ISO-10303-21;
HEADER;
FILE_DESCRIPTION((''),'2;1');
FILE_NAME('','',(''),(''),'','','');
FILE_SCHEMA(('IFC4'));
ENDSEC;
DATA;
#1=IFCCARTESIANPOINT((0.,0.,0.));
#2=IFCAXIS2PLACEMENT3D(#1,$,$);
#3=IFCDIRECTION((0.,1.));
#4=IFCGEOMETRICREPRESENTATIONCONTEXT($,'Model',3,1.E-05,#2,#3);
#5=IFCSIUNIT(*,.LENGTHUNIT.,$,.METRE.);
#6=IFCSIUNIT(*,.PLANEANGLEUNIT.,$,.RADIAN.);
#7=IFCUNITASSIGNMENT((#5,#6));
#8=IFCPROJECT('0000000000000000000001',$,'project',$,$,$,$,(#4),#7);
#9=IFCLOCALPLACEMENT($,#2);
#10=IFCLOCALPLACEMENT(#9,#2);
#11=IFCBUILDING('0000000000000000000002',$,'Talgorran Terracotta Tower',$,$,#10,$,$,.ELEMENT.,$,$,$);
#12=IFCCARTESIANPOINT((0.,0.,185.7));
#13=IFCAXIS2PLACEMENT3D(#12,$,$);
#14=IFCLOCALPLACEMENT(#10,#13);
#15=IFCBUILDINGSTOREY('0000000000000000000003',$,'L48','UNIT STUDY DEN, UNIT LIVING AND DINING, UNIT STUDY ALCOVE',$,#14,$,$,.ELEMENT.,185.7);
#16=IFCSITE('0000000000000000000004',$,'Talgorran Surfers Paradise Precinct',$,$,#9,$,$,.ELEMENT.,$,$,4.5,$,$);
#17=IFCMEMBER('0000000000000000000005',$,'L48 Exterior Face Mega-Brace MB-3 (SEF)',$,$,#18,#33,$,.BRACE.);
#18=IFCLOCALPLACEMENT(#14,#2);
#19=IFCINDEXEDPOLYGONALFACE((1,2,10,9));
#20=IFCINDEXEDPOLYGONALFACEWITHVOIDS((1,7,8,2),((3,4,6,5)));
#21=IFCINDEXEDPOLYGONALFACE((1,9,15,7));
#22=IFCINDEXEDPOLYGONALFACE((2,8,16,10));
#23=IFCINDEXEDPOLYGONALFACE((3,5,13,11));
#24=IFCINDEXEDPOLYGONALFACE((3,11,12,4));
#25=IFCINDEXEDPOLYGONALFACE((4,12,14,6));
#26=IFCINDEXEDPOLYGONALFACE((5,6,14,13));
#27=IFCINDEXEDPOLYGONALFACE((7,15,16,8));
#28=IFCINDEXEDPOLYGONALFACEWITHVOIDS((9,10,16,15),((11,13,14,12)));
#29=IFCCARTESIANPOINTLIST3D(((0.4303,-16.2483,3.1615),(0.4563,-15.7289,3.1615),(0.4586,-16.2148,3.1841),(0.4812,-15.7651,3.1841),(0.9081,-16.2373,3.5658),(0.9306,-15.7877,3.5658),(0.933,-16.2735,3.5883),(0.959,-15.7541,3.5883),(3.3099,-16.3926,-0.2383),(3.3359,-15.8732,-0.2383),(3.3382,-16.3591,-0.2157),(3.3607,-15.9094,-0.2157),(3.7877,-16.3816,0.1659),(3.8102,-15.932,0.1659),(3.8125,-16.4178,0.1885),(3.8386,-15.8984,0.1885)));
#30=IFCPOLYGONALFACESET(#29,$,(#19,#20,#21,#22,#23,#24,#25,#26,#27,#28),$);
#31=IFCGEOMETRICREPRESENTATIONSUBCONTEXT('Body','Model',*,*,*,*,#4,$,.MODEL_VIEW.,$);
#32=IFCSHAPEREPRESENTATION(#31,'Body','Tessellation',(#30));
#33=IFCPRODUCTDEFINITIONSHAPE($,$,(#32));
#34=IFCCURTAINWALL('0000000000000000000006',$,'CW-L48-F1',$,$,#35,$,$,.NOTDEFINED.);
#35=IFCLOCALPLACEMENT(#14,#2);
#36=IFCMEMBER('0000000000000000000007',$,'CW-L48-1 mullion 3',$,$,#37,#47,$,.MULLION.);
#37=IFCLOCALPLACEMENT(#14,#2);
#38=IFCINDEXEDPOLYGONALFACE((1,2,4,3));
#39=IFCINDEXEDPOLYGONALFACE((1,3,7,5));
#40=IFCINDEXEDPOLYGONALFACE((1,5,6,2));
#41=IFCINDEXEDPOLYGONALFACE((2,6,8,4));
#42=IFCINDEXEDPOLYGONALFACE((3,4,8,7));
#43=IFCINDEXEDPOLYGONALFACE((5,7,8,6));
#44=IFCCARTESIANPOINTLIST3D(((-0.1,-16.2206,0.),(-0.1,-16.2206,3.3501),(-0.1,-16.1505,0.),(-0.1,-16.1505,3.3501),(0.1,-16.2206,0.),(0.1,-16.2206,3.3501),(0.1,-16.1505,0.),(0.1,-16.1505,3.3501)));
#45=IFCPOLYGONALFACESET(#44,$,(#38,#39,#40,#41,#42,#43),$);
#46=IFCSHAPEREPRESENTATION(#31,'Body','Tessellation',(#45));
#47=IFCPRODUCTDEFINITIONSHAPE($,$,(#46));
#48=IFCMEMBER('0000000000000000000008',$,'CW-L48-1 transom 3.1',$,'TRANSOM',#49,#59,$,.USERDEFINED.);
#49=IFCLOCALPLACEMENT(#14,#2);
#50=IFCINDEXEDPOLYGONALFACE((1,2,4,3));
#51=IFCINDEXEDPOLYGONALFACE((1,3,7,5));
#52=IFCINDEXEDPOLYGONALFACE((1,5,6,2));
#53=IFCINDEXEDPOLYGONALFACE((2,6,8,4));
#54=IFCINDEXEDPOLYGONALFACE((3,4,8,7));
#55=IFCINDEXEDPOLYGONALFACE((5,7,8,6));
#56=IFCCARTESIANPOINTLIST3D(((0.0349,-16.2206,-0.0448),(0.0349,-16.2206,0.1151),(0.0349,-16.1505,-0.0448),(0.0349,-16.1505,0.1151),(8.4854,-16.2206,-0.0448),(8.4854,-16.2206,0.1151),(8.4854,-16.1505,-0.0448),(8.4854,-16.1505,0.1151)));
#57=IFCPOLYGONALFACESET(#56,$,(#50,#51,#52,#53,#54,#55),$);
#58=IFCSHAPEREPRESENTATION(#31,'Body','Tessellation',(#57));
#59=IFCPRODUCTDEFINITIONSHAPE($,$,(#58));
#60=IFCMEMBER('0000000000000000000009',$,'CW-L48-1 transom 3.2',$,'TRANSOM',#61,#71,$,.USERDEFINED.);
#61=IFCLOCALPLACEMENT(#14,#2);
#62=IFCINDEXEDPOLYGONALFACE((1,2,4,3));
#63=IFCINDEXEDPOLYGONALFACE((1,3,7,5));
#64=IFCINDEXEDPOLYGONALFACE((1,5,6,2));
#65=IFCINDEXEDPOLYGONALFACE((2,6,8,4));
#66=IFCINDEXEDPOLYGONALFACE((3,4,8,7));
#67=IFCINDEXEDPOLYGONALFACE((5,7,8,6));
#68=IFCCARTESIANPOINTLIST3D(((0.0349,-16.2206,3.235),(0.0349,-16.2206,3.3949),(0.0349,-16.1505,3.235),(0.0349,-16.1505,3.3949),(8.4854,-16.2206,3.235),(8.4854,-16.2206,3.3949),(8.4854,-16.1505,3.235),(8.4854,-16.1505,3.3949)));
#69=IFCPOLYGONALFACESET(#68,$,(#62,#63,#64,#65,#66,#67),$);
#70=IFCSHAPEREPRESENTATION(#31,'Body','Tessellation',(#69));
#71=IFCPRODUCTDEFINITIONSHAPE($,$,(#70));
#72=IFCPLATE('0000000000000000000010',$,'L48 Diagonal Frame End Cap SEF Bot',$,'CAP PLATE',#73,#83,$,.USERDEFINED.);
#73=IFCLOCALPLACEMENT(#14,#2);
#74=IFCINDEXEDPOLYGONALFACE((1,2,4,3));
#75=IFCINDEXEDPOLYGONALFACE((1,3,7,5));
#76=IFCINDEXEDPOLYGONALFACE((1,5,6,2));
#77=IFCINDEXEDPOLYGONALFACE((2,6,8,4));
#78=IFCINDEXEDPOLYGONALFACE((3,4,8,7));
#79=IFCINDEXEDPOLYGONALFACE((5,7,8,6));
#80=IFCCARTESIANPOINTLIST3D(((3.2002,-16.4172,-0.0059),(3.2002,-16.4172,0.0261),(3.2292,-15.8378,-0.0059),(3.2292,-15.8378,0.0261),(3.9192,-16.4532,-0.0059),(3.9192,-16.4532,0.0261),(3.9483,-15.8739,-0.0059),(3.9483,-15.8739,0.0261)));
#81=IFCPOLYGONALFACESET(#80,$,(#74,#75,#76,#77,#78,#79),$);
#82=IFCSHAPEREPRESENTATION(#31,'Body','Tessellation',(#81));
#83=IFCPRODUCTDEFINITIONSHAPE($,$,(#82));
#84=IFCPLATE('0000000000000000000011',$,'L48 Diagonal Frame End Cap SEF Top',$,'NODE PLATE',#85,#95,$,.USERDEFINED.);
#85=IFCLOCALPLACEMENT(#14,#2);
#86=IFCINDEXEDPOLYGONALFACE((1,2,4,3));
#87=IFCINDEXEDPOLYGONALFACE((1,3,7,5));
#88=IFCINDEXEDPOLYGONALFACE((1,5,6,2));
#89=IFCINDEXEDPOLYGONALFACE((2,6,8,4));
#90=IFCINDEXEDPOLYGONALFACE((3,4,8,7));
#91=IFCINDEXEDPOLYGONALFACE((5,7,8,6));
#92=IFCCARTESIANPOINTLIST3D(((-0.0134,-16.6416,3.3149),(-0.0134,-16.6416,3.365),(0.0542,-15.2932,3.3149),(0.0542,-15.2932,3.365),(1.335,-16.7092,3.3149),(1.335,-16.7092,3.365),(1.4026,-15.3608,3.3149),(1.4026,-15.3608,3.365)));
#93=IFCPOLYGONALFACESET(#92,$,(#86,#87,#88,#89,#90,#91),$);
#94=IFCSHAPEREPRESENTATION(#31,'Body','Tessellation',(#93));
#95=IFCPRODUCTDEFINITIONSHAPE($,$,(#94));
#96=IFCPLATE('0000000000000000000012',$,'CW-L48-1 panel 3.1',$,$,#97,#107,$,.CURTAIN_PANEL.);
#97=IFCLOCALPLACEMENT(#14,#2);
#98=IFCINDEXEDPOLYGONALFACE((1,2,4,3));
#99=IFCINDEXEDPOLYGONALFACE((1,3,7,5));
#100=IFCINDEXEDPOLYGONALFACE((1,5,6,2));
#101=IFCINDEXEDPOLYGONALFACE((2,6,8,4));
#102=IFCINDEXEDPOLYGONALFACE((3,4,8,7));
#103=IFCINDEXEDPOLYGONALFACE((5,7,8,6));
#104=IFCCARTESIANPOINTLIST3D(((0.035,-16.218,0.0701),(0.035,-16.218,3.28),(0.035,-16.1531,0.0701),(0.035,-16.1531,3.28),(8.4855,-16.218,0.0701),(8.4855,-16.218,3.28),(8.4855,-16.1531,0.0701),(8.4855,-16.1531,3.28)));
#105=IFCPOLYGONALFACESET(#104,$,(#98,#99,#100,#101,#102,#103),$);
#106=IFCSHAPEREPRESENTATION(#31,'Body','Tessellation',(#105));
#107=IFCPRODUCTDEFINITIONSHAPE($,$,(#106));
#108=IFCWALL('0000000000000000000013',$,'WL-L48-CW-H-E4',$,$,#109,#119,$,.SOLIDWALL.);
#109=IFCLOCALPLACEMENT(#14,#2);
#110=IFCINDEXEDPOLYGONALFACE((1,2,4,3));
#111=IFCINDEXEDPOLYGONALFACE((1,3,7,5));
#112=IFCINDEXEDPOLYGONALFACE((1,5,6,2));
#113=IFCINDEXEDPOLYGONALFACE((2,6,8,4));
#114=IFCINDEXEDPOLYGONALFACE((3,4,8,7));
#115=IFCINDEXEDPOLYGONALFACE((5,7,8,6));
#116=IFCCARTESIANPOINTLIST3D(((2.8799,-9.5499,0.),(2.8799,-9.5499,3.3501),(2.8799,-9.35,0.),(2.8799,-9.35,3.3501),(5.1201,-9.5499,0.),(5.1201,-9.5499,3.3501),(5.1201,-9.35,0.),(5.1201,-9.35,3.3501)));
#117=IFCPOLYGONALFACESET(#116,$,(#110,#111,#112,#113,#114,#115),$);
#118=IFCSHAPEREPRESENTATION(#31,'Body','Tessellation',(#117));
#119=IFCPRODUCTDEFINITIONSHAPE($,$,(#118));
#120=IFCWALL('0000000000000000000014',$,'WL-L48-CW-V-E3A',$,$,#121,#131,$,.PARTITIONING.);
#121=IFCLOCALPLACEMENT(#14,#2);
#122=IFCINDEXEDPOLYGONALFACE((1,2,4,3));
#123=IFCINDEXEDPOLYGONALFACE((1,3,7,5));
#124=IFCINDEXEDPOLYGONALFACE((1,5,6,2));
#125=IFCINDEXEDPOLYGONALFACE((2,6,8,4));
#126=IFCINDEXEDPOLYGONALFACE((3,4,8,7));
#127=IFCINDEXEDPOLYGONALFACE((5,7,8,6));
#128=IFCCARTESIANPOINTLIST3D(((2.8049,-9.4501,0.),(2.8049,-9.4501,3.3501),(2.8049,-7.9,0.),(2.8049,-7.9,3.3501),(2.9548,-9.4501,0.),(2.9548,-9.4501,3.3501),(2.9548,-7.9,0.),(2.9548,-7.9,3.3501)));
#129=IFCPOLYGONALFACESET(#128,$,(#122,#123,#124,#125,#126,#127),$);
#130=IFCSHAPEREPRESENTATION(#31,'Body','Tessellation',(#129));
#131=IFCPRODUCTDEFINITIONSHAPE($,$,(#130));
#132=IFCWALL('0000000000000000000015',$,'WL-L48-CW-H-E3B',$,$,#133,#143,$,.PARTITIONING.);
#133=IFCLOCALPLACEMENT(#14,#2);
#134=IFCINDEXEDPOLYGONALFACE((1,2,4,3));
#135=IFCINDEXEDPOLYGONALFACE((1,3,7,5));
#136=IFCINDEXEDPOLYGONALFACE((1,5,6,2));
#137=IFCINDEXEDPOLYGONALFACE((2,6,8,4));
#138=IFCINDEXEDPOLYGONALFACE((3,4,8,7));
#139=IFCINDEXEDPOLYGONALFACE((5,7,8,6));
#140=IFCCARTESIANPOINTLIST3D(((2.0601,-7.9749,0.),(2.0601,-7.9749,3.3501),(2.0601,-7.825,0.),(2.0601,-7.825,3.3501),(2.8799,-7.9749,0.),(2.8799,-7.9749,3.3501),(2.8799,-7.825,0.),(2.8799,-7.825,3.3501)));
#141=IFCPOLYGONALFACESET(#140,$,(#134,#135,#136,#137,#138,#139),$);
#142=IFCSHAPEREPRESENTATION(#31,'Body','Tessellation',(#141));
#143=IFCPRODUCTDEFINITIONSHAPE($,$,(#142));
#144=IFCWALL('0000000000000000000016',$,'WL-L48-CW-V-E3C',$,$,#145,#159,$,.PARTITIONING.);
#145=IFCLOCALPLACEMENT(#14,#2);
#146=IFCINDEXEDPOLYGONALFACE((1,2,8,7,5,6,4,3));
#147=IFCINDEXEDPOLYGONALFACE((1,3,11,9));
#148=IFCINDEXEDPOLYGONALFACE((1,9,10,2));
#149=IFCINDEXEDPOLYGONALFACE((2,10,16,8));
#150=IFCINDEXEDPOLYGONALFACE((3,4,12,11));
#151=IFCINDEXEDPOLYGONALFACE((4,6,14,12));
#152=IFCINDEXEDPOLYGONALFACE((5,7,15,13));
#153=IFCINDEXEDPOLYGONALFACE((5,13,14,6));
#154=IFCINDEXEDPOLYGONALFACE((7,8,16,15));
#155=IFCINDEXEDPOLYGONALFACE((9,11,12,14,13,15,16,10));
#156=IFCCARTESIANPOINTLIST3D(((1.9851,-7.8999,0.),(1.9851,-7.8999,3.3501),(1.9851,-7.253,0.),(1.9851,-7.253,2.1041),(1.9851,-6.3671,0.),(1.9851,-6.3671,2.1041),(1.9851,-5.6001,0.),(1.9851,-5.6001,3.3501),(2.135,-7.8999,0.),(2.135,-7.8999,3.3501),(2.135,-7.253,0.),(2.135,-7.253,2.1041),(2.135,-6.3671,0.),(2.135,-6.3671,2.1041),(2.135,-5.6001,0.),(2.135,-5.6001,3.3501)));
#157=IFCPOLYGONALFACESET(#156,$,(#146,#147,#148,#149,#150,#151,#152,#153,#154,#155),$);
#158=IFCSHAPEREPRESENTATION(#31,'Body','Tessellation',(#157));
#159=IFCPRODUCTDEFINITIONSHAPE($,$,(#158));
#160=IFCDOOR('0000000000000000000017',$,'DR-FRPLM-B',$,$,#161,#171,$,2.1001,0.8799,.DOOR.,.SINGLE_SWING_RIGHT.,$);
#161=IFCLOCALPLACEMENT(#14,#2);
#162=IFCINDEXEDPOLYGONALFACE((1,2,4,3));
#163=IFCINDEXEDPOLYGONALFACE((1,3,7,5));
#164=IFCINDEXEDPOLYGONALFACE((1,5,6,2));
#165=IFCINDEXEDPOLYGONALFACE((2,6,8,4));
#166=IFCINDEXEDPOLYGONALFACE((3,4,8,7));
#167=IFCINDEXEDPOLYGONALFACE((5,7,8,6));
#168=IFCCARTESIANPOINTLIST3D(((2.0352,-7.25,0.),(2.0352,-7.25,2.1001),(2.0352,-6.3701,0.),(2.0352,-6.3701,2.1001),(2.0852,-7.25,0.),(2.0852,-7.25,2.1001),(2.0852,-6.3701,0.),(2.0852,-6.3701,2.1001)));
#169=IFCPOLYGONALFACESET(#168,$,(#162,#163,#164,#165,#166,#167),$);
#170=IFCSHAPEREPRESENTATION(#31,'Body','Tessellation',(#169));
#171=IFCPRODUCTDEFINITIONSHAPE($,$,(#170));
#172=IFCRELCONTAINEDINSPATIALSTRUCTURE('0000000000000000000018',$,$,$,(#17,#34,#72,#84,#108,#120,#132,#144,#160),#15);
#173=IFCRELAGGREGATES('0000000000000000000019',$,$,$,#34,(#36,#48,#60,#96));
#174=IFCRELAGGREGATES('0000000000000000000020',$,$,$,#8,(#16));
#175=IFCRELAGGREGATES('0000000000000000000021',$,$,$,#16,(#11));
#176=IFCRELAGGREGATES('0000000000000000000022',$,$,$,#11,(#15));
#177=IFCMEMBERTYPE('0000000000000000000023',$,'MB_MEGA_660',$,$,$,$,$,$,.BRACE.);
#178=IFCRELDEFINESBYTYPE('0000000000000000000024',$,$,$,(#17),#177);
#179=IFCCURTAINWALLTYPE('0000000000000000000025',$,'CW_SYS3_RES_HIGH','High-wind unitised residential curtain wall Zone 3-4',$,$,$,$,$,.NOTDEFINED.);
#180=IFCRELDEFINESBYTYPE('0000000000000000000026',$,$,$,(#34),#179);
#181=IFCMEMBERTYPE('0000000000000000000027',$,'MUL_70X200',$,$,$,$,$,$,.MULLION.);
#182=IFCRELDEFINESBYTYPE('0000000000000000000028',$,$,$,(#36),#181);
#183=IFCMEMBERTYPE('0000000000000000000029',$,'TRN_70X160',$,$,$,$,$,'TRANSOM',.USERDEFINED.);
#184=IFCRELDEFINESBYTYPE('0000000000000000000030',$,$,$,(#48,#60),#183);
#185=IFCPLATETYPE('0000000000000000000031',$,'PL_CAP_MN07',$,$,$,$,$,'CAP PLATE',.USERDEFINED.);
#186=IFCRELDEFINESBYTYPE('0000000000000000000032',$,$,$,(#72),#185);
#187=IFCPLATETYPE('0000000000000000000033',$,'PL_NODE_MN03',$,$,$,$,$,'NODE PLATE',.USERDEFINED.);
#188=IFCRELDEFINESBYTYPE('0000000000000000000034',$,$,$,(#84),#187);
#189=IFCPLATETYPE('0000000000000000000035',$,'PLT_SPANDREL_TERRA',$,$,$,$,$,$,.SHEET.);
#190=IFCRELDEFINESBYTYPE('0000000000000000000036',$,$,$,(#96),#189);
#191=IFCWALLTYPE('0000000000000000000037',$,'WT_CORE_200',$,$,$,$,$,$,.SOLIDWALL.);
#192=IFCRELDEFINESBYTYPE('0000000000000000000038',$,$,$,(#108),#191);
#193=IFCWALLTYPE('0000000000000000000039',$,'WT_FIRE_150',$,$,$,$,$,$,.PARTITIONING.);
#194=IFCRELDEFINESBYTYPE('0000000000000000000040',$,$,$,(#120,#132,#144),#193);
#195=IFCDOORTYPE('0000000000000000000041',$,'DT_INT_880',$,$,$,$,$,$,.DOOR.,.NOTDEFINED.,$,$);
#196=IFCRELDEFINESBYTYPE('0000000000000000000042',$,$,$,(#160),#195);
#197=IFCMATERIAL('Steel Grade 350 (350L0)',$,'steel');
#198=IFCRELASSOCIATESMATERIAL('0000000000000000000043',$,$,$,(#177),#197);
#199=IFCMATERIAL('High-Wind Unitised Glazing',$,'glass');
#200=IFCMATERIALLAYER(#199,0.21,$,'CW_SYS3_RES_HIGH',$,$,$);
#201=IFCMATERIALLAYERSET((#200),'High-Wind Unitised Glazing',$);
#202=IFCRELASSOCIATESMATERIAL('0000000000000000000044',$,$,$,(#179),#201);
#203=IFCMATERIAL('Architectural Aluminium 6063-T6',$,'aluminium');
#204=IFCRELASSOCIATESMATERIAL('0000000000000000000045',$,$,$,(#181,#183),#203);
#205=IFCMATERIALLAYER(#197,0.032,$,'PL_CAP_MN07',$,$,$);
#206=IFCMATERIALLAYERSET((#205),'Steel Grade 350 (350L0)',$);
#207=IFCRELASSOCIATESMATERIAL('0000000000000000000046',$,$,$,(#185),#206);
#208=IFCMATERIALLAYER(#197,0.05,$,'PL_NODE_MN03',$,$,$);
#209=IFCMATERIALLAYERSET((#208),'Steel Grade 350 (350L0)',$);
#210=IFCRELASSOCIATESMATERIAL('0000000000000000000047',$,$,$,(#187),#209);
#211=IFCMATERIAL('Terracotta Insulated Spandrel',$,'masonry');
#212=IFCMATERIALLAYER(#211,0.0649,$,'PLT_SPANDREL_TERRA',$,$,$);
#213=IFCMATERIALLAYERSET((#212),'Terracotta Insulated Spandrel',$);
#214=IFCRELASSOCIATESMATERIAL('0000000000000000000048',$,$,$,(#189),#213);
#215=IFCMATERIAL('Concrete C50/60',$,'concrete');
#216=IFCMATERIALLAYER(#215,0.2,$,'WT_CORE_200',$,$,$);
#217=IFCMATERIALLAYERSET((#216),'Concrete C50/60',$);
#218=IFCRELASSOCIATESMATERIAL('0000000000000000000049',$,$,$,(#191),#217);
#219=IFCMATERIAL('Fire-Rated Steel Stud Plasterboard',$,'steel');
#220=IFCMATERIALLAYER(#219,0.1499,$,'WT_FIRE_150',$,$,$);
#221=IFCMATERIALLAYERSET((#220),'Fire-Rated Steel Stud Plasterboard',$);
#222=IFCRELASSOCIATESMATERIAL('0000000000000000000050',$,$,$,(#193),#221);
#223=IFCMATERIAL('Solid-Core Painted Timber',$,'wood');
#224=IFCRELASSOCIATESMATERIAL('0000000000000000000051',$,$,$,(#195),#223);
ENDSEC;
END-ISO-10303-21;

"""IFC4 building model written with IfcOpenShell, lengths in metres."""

from ifc_helpers import new_model, si_unit, direction, frame, frame_2d, origin, origin_2d, place, context, subcontext, project, spatial, rectangle, hollow_rectangle, extrude, source, transform, mapped, material, layer, layer_set, material_profile, profile_set, type_object, type_shapes, element, fill, aggregate, save


model = new_model("IFC4")

# Units and contexts
model_context = context("Model", 3, precision=1e-05, world=origin(), true_north=direction((0.0, 1.0)))
body_context = subcontext(model_context, "Body", "Model", "MODEL_VIEW")
ifc_project = project(units=[si_unit("LENGTHUNIT", "METRE"), si_unit("PLANEANGLEUNIT", "RADIAN")], contexts=[model_context])

# Site, building, storey
site_placement = place(None, origin())
site = spatial("IfcSite", under=ifc_project, at=site_placement, Name="Talgorran Surfers Paradise Precinct", CompositionType="ELEMENT", RefElevation=4.5)
building_placement = place(site_placement, origin())
building = spatial("IfcBuilding", under=site, at=building_placement, Name="Talgorran Terracotta Tower", CompositionType="ELEMENT")
storey_placement = place(building_placement, frame((0.0, 0.0, 185.7)))
storey = spatial("IfcBuildingStorey", under=building, at=storey_placement, Name="L48", Description="UNIT STUDY DEN, UNIT LIVING AND DINING, UNIT STUDY ALCOVE", CompositionType="ELEMENT", Elevation=185.7)

# Member
ifc_material_1 = material(Name="Steel Grade 350 (350L0)", Category="steel")
ifc_material_profile_1 = material_profile(ifc_material_1, hollow_rectangle(XDim=0.52, YDim=0.6599, WallThickness=0.0349, at=origin_2d()), Name="WBOX660X520X35")
ifc_profile_set_1 = profile_set([ifc_material_profile_1], Name="Steel Grade 350 (350L0)")
member_type_1 = type_object("IfcMemberType", Name="MB_MEGA_660", PredefinedType="BRACE", material=ifc_profile_set_1)
member_1_placement = place(storey_placement, frame((3.5742, -16.1455, -0.0249), z_axis=(-0.64597, 0.032367, 0.762677), x_axis=(-0.050043, -0.998747, 0.0)))
element("IfcMember", 1, at=member_1_placement, inside=storey, type_object=member_type_1, Name="L48 Exterior Face Mega-Brace MB-3 (SEF)", PredefinedType="BRACE", context=body_context, shape_type="SweptSolid", body=[
    extrude(hollow_rectangle(XDim=0.52, YDim=0.6599, WallThickness=0.0349, at=origin_2d()), origin(), (0.0, 0.0, 1.0), 4.4578),
])

# Curtain wall, members
ifc_material_2 = material(Name="High-Wind Unitised Glazing", Category="glass")
ifc_layer_1 = layer(ifc_material_2, 0.21, Name="CW_SYS3_RES_HIGH")
ifc_layer_set_1 = layer_set([ifc_layer_1], Name="High-Wind Unitised Glazing")
curtain_wall_type = type_object("IfcCurtainWallType", Name="CW_SYS3_RES_HIGH", Description="High-wind unitised residential curtain wall Zone 3-4", PredefinedType="NOTDEFINED", material=ifc_layer_set_1)
curtain_wall_placement = place(storey_placement, origin())
curtain_wall = element("IfcCurtainWall", 2, at=curtain_wall_placement, inside=storey, type_object=curtain_wall_type, Name="CW-L48-F1", PredefinedType="NOTDEFINED")
ifc_material_3 = material(Name="Architectural Aluminium 6063-T6", Category="aluminium")
ifc_material_profile_2 = material_profile(ifc_material_3, rectangle(XDim=0.0701, YDim=0.2, at=origin_2d()), Name="CWM70X200")
ifc_profile_set_2 = profile_set([ifc_material_profile_2], Name="Architectural Aluminium 6063-T6")
member_type_2 = type_object("IfcMemberType", Name="MUL_70X200", PredefinedType="MULLION", material=ifc_profile_set_2)
member_2_placement = place(storey_placement, frame((0.0, -16.1855, 0.0), z_axis=(0.0, 0.0, 1.0), x_axis=(0.0, 1.0, 0.0)))
member_2 = element("IfcMember", 3, at=member_2_placement, type_object=member_type_2, Name="CW-L48-1 mullion 3", PredefinedType="MULLION", context=body_context, shape_type="SweptSolid", body=[
    extrude(rectangle(XDim=0.0701, YDim=0.2, at=origin_2d()), origin(), (0.0, 0.0, 1.0), 3.3501),
])
ifc_material_profile_3 = material_profile(ifc_material_3, rectangle(XDim=0.0701, YDim=0.1599, at=origin_2d()), Name="CWT70X160")
ifc_profile_set_3 = profile_set([ifc_material_profile_3], Name="Architectural Aluminium 6063-T6")
member_type_3 = type_object("IfcMemberType", Name="TRN_70X160", ElementType="TRANSOM", PredefinedType="USERDEFINED", material=ifc_profile_set_3)
member_3_placement = place(storey_placement, frame((0.0349, -16.1855, 0.0352), z_axis=(1.0, 0.0, 0.0), x_axis=(0.0, 1.0, 0.0)))
member_3 = element("IfcMember", 4, at=member_3_placement, type_object=member_type_3, Name="CW-L48-1 transom 3.1", ObjectType="TRANSOM", PredefinedType="USERDEFINED", context=body_context, shape_type="SweptSolid", body=[
    extrude(rectangle(XDim=0.0701, YDim=0.1599, at=origin_2d()), origin(), (0.0, 0.0, 1.0), 8.4504),
])
member_4_placement = place(storey_placement, frame((0.0349, -16.1855, 3.3149), z_axis=(1.0, 0.0, 0.0), x_axis=(0.0, 1.0, 0.0)))
member_4 = element("IfcMember", 5, at=member_4_placement, type_object=member_type_3, Name="CW-L48-1 transom 3.2", ObjectType="TRANSOM", PredefinedType="USERDEFINED", context=body_context, shape_type="SweptSolid", body=[
    extrude(rectangle(XDim=0.0701, YDim=0.1599, at=origin_2d()), origin(), (0.0, 0.0, 1.0), 8.4504),
])

# Plates
ifc_layer_2 = layer(ifc_material_1, 0.032, Name="PL_CAP_MN07")
ifc_layer_set_2 = layer_set([ifc_layer_2], Name="Steel Grade 350 (350L0)")
plate_type_1 = type_object("IfcPlateType", Name="PL_CAP_MN07", ElementType="CAP PLATE", PredefinedType="USERDEFINED", material=ifc_layer_set_2)
plate_1_placement = place(storey_placement, frame((3.5742, -16.1455, -0.0059), z_axis=(0.0, 0.0, 1.0), x_axis=(-0.998746, 0.05007, 0.0)))
element("IfcPlate", 6, at=plate_1_placement, inside=storey, type_object=plate_type_1, Name="L48 Diagonal Frame End Cap SEF Bot", ObjectType="CAP PLATE", PredefinedType="USERDEFINED", context=body_context, shape_type="SweptSolid", body=[
    extrude(rectangle(XDim=0.72, YDim=0.5801, at=origin_2d()), origin(), (0.0, 0.0, 1.0), 0.032),
])
ifc_layer_3 = layer(ifc_material_1, 0.05, Name="PL_NODE_MN03")
ifc_layer_set_3 = layer_set([ifc_layer_3], Name="Steel Grade 350 (350L0)")
plate_type_2 = type_object("IfcPlateType", Name="PL_NODE_MN03", ElementType="NODE PLATE", PredefinedType="USERDEFINED", material=ifc_layer_set_3)
plate_2_placement = place(storey_placement, frame((0.6946, -16.0012, 3.3149), z_axis=(0.0, 0.0, 1.0), x_axis=(-0.998746, 0.05007, 0.0)))
element("IfcPlate", 7, at=plate_2_placement, inside=storey, type_object=plate_type_2, Name="L48 Diagonal Frame End Cap SEF Top", ObjectType="NODE PLATE", PredefinedType="USERDEFINED", context=body_context, shape_type="SweptSolid", body=[
    extrude(rectangle(XDim=1.3501, YDim=1.3501, at=origin_2d()), origin(), (0.0, 0.0, 1.0), 0.05),
])

# Plate
ifc_material_4 = material(Name="Terracotta Insulated Spandrel", Category="masonry")
ifc_layer_4 = layer(ifc_material_4, 0.0649, Name="PLT_SPANDREL_TERRA")
ifc_layer_set_4 = layer_set([ifc_layer_4], Name="Terracotta Insulated Spandrel")
plate_type_3 = type_object("IfcPlateType", Name="PLT_SPANDREL_TERRA", PredefinedType="SHEET", material=ifc_layer_set_4)
shared_shape = source(origin(), body_context, "Body", "SweptSolid", [
    extrude(rectangle(XDim=8.4504, YDim=0.0649, at=origin_2d()), origin(), (0.0, 0.0, 1.0), 3.21),
])
type_shapes(plate_type_3, [shared_shape])
plate_3_placement = place(storey_placement, frame((4.2603, -16.1855, 0.0701), z_axis=(0.0, 0.0, 1.0), x_axis=(1.0, 0.0, 0.0)))
plate_3 = element("IfcPlate", 8, at=plate_3_placement, type_object=plate_type_3, Name="CW-L48-1 panel 3.1", PredefinedType="CURTAIN_PANEL", context=body_context, shape_type="MappedRepresentation", body=[
    mapped(shared_shape, transform((0.0, 0.0, 0.0), scale=1.0)),
])
aggregate(curtain_wall, [member_2, member_3, member_4, plate_3])

# Walls
ifc_material_5 = material(Name="Concrete C50/60", Category="concrete")
ifc_layer_5 = layer(ifc_material_5, 0.2, Name="WT_CORE_200")
ifc_layer_set_5 = layer_set([ifc_layer_5], Name="Concrete C50/60")
wall_type_1 = type_object("IfcWallType", Name="WT_CORE_200", PredefinedType="SOLIDWALL", material=ifc_layer_set_5)
wall_1_placement = place(storey_placement, frame((2.8799, -9.45, 0.0), z_axis=(0.0, 0.0, 1.0), x_axis=(1.0, 0.0, 0.0)))
element("IfcWall", 9, at=wall_1_placement, inside=storey, type_object=wall_type_1, Name="WL-L48-CW-H-E4", PredefinedType="SOLIDWALL", context=body_context, shape_type="SweptSolid", body=[
    extrude(rectangle(XDim=2.2402, YDim=0.2, at=frame_2d((1.1201, 0.0))), origin(), (0.0, 0.0, 1.0), 3.3501),
])
ifc_material_6 = material(Name="Fire-Rated Steel Stud Plasterboard", Category="steel")
ifc_layer_6 = layer(ifc_material_6, 0.1499, Name="WT_FIRE_150")
ifc_layer_set_6 = layer_set([ifc_layer_6], Name="Fire-Rated Steel Stud Plasterboard")
wall_type_2 = type_object("IfcWallType", Name="WT_FIRE_150", PredefinedType="PARTITIONING", material=ifc_layer_set_6)
wall_2_placement = place(storey_placement, frame((2.8799, -9.45, 0.0), z_axis=(0.0, 0.0, 1.0), x_axis=(0.0, 1.0, 0.0)))
element("IfcWall", 10, at=wall_2_placement, inside=storey, type_object=wall_type_2, Name="WL-L48-CW-V-E3A", PredefinedType="PARTITIONING", context=body_context, shape_type="SweptSolid", body=[
    extrude(rectangle(XDim=1.55, YDim=0.1499, at=frame_2d((0.7749, 0.0))), origin(), (0.0, 0.0, 1.0), 3.3501),
])
wall_3_placement = place(storey_placement, frame((2.0601, -7.8999, 0.0), z_axis=(0.0, 0.0, 1.0), x_axis=(1.0, 0.0, 0.0)))
element("IfcWall", 11, at=wall_3_placement, inside=storey, type_object=wall_type_2, Name="WL-L48-CW-H-E3B", PredefinedType="PARTITIONING", context=body_context, shape_type="SweptSolid", body=[
    extrude(rectangle(XDim=0.8198, YDim=0.1499, at=frame_2d((0.4099, 0.0))), origin(), (0.0, 0.0, 1.0), 3.3501),
])

# Wall, opening, door
wall_4_placement = place(storey_placement, frame((2.0601, -7.8999, 0.0), z_axis=(0.0, 0.0, 1.0), x_axis=(0.0, 1.0, 0.0)))
wall_4 = element("IfcWall", 12, at=wall_4_placement, inside=storey, type_object=wall_type_2, Name="WL-L48-CW-V-E3C", PredefinedType="PARTITIONING", context=body_context, shape_type="SweptSolid", body=[
    extrude(rectangle(XDim=2.2998, YDim=0.1499, at=frame_2d((1.1499, 0.0))), origin(), (0.0, 0.0, 1.0), 3.3501),
])
opening_placement = place(wall_4_placement, frame((0.6499, 0.0, 0.0)))
opening = element("IfcOpeningElement", 13, at=opening_placement, cuts=wall_4, PredefinedType="OPENING", context=body_context, shape_type="SweptSolid", body=[
    extrude(rectangle(XDim=0.8859, YDim=2.1041, at=frame_2d((0.4399, 1.052))), frame((0.0, 0.085, 0.0), z_axis=(0.0, -1.0, 0.0), x_axis=(1.0, 0.0, 0.0)), (0.0, 0.0, 1.0), 0.1699),
])
ifc_material_7 = material(Name="Solid-Core Painted Timber", Category="wood")
door_type = type_object("IfcDoorType", Name="DT_INT_880", OperationType="NOTDEFINED", PredefinedType="DOOR", material=ifc_material_7)
door_placement = place(opening_placement, origin())
door = element("IfcDoor", 14, at=door_placement, inside=storey, type_object=door_type, Name="DR-FRPLM-B", OperationType="SINGLE_SWING_RIGHT", OverallHeight=2.1001, OverallWidth=0.8799, PredefinedType="DOOR", context=body_context, shape_type="SweptSolid", body=[
    extrude(rectangle(XDim=0.8799, YDim=2.1001, at=frame_2d((0.4399, 1.05))), frame((0.0, 0.0249, 0.0), z_axis=(0.0, -1.0, 0.0), x_axis=(1.0, 0.0, 0.0)), (0.0, 0.0, 1.0), 0.05),
])
fill(opening, door)

save(model, "model.ifc")
